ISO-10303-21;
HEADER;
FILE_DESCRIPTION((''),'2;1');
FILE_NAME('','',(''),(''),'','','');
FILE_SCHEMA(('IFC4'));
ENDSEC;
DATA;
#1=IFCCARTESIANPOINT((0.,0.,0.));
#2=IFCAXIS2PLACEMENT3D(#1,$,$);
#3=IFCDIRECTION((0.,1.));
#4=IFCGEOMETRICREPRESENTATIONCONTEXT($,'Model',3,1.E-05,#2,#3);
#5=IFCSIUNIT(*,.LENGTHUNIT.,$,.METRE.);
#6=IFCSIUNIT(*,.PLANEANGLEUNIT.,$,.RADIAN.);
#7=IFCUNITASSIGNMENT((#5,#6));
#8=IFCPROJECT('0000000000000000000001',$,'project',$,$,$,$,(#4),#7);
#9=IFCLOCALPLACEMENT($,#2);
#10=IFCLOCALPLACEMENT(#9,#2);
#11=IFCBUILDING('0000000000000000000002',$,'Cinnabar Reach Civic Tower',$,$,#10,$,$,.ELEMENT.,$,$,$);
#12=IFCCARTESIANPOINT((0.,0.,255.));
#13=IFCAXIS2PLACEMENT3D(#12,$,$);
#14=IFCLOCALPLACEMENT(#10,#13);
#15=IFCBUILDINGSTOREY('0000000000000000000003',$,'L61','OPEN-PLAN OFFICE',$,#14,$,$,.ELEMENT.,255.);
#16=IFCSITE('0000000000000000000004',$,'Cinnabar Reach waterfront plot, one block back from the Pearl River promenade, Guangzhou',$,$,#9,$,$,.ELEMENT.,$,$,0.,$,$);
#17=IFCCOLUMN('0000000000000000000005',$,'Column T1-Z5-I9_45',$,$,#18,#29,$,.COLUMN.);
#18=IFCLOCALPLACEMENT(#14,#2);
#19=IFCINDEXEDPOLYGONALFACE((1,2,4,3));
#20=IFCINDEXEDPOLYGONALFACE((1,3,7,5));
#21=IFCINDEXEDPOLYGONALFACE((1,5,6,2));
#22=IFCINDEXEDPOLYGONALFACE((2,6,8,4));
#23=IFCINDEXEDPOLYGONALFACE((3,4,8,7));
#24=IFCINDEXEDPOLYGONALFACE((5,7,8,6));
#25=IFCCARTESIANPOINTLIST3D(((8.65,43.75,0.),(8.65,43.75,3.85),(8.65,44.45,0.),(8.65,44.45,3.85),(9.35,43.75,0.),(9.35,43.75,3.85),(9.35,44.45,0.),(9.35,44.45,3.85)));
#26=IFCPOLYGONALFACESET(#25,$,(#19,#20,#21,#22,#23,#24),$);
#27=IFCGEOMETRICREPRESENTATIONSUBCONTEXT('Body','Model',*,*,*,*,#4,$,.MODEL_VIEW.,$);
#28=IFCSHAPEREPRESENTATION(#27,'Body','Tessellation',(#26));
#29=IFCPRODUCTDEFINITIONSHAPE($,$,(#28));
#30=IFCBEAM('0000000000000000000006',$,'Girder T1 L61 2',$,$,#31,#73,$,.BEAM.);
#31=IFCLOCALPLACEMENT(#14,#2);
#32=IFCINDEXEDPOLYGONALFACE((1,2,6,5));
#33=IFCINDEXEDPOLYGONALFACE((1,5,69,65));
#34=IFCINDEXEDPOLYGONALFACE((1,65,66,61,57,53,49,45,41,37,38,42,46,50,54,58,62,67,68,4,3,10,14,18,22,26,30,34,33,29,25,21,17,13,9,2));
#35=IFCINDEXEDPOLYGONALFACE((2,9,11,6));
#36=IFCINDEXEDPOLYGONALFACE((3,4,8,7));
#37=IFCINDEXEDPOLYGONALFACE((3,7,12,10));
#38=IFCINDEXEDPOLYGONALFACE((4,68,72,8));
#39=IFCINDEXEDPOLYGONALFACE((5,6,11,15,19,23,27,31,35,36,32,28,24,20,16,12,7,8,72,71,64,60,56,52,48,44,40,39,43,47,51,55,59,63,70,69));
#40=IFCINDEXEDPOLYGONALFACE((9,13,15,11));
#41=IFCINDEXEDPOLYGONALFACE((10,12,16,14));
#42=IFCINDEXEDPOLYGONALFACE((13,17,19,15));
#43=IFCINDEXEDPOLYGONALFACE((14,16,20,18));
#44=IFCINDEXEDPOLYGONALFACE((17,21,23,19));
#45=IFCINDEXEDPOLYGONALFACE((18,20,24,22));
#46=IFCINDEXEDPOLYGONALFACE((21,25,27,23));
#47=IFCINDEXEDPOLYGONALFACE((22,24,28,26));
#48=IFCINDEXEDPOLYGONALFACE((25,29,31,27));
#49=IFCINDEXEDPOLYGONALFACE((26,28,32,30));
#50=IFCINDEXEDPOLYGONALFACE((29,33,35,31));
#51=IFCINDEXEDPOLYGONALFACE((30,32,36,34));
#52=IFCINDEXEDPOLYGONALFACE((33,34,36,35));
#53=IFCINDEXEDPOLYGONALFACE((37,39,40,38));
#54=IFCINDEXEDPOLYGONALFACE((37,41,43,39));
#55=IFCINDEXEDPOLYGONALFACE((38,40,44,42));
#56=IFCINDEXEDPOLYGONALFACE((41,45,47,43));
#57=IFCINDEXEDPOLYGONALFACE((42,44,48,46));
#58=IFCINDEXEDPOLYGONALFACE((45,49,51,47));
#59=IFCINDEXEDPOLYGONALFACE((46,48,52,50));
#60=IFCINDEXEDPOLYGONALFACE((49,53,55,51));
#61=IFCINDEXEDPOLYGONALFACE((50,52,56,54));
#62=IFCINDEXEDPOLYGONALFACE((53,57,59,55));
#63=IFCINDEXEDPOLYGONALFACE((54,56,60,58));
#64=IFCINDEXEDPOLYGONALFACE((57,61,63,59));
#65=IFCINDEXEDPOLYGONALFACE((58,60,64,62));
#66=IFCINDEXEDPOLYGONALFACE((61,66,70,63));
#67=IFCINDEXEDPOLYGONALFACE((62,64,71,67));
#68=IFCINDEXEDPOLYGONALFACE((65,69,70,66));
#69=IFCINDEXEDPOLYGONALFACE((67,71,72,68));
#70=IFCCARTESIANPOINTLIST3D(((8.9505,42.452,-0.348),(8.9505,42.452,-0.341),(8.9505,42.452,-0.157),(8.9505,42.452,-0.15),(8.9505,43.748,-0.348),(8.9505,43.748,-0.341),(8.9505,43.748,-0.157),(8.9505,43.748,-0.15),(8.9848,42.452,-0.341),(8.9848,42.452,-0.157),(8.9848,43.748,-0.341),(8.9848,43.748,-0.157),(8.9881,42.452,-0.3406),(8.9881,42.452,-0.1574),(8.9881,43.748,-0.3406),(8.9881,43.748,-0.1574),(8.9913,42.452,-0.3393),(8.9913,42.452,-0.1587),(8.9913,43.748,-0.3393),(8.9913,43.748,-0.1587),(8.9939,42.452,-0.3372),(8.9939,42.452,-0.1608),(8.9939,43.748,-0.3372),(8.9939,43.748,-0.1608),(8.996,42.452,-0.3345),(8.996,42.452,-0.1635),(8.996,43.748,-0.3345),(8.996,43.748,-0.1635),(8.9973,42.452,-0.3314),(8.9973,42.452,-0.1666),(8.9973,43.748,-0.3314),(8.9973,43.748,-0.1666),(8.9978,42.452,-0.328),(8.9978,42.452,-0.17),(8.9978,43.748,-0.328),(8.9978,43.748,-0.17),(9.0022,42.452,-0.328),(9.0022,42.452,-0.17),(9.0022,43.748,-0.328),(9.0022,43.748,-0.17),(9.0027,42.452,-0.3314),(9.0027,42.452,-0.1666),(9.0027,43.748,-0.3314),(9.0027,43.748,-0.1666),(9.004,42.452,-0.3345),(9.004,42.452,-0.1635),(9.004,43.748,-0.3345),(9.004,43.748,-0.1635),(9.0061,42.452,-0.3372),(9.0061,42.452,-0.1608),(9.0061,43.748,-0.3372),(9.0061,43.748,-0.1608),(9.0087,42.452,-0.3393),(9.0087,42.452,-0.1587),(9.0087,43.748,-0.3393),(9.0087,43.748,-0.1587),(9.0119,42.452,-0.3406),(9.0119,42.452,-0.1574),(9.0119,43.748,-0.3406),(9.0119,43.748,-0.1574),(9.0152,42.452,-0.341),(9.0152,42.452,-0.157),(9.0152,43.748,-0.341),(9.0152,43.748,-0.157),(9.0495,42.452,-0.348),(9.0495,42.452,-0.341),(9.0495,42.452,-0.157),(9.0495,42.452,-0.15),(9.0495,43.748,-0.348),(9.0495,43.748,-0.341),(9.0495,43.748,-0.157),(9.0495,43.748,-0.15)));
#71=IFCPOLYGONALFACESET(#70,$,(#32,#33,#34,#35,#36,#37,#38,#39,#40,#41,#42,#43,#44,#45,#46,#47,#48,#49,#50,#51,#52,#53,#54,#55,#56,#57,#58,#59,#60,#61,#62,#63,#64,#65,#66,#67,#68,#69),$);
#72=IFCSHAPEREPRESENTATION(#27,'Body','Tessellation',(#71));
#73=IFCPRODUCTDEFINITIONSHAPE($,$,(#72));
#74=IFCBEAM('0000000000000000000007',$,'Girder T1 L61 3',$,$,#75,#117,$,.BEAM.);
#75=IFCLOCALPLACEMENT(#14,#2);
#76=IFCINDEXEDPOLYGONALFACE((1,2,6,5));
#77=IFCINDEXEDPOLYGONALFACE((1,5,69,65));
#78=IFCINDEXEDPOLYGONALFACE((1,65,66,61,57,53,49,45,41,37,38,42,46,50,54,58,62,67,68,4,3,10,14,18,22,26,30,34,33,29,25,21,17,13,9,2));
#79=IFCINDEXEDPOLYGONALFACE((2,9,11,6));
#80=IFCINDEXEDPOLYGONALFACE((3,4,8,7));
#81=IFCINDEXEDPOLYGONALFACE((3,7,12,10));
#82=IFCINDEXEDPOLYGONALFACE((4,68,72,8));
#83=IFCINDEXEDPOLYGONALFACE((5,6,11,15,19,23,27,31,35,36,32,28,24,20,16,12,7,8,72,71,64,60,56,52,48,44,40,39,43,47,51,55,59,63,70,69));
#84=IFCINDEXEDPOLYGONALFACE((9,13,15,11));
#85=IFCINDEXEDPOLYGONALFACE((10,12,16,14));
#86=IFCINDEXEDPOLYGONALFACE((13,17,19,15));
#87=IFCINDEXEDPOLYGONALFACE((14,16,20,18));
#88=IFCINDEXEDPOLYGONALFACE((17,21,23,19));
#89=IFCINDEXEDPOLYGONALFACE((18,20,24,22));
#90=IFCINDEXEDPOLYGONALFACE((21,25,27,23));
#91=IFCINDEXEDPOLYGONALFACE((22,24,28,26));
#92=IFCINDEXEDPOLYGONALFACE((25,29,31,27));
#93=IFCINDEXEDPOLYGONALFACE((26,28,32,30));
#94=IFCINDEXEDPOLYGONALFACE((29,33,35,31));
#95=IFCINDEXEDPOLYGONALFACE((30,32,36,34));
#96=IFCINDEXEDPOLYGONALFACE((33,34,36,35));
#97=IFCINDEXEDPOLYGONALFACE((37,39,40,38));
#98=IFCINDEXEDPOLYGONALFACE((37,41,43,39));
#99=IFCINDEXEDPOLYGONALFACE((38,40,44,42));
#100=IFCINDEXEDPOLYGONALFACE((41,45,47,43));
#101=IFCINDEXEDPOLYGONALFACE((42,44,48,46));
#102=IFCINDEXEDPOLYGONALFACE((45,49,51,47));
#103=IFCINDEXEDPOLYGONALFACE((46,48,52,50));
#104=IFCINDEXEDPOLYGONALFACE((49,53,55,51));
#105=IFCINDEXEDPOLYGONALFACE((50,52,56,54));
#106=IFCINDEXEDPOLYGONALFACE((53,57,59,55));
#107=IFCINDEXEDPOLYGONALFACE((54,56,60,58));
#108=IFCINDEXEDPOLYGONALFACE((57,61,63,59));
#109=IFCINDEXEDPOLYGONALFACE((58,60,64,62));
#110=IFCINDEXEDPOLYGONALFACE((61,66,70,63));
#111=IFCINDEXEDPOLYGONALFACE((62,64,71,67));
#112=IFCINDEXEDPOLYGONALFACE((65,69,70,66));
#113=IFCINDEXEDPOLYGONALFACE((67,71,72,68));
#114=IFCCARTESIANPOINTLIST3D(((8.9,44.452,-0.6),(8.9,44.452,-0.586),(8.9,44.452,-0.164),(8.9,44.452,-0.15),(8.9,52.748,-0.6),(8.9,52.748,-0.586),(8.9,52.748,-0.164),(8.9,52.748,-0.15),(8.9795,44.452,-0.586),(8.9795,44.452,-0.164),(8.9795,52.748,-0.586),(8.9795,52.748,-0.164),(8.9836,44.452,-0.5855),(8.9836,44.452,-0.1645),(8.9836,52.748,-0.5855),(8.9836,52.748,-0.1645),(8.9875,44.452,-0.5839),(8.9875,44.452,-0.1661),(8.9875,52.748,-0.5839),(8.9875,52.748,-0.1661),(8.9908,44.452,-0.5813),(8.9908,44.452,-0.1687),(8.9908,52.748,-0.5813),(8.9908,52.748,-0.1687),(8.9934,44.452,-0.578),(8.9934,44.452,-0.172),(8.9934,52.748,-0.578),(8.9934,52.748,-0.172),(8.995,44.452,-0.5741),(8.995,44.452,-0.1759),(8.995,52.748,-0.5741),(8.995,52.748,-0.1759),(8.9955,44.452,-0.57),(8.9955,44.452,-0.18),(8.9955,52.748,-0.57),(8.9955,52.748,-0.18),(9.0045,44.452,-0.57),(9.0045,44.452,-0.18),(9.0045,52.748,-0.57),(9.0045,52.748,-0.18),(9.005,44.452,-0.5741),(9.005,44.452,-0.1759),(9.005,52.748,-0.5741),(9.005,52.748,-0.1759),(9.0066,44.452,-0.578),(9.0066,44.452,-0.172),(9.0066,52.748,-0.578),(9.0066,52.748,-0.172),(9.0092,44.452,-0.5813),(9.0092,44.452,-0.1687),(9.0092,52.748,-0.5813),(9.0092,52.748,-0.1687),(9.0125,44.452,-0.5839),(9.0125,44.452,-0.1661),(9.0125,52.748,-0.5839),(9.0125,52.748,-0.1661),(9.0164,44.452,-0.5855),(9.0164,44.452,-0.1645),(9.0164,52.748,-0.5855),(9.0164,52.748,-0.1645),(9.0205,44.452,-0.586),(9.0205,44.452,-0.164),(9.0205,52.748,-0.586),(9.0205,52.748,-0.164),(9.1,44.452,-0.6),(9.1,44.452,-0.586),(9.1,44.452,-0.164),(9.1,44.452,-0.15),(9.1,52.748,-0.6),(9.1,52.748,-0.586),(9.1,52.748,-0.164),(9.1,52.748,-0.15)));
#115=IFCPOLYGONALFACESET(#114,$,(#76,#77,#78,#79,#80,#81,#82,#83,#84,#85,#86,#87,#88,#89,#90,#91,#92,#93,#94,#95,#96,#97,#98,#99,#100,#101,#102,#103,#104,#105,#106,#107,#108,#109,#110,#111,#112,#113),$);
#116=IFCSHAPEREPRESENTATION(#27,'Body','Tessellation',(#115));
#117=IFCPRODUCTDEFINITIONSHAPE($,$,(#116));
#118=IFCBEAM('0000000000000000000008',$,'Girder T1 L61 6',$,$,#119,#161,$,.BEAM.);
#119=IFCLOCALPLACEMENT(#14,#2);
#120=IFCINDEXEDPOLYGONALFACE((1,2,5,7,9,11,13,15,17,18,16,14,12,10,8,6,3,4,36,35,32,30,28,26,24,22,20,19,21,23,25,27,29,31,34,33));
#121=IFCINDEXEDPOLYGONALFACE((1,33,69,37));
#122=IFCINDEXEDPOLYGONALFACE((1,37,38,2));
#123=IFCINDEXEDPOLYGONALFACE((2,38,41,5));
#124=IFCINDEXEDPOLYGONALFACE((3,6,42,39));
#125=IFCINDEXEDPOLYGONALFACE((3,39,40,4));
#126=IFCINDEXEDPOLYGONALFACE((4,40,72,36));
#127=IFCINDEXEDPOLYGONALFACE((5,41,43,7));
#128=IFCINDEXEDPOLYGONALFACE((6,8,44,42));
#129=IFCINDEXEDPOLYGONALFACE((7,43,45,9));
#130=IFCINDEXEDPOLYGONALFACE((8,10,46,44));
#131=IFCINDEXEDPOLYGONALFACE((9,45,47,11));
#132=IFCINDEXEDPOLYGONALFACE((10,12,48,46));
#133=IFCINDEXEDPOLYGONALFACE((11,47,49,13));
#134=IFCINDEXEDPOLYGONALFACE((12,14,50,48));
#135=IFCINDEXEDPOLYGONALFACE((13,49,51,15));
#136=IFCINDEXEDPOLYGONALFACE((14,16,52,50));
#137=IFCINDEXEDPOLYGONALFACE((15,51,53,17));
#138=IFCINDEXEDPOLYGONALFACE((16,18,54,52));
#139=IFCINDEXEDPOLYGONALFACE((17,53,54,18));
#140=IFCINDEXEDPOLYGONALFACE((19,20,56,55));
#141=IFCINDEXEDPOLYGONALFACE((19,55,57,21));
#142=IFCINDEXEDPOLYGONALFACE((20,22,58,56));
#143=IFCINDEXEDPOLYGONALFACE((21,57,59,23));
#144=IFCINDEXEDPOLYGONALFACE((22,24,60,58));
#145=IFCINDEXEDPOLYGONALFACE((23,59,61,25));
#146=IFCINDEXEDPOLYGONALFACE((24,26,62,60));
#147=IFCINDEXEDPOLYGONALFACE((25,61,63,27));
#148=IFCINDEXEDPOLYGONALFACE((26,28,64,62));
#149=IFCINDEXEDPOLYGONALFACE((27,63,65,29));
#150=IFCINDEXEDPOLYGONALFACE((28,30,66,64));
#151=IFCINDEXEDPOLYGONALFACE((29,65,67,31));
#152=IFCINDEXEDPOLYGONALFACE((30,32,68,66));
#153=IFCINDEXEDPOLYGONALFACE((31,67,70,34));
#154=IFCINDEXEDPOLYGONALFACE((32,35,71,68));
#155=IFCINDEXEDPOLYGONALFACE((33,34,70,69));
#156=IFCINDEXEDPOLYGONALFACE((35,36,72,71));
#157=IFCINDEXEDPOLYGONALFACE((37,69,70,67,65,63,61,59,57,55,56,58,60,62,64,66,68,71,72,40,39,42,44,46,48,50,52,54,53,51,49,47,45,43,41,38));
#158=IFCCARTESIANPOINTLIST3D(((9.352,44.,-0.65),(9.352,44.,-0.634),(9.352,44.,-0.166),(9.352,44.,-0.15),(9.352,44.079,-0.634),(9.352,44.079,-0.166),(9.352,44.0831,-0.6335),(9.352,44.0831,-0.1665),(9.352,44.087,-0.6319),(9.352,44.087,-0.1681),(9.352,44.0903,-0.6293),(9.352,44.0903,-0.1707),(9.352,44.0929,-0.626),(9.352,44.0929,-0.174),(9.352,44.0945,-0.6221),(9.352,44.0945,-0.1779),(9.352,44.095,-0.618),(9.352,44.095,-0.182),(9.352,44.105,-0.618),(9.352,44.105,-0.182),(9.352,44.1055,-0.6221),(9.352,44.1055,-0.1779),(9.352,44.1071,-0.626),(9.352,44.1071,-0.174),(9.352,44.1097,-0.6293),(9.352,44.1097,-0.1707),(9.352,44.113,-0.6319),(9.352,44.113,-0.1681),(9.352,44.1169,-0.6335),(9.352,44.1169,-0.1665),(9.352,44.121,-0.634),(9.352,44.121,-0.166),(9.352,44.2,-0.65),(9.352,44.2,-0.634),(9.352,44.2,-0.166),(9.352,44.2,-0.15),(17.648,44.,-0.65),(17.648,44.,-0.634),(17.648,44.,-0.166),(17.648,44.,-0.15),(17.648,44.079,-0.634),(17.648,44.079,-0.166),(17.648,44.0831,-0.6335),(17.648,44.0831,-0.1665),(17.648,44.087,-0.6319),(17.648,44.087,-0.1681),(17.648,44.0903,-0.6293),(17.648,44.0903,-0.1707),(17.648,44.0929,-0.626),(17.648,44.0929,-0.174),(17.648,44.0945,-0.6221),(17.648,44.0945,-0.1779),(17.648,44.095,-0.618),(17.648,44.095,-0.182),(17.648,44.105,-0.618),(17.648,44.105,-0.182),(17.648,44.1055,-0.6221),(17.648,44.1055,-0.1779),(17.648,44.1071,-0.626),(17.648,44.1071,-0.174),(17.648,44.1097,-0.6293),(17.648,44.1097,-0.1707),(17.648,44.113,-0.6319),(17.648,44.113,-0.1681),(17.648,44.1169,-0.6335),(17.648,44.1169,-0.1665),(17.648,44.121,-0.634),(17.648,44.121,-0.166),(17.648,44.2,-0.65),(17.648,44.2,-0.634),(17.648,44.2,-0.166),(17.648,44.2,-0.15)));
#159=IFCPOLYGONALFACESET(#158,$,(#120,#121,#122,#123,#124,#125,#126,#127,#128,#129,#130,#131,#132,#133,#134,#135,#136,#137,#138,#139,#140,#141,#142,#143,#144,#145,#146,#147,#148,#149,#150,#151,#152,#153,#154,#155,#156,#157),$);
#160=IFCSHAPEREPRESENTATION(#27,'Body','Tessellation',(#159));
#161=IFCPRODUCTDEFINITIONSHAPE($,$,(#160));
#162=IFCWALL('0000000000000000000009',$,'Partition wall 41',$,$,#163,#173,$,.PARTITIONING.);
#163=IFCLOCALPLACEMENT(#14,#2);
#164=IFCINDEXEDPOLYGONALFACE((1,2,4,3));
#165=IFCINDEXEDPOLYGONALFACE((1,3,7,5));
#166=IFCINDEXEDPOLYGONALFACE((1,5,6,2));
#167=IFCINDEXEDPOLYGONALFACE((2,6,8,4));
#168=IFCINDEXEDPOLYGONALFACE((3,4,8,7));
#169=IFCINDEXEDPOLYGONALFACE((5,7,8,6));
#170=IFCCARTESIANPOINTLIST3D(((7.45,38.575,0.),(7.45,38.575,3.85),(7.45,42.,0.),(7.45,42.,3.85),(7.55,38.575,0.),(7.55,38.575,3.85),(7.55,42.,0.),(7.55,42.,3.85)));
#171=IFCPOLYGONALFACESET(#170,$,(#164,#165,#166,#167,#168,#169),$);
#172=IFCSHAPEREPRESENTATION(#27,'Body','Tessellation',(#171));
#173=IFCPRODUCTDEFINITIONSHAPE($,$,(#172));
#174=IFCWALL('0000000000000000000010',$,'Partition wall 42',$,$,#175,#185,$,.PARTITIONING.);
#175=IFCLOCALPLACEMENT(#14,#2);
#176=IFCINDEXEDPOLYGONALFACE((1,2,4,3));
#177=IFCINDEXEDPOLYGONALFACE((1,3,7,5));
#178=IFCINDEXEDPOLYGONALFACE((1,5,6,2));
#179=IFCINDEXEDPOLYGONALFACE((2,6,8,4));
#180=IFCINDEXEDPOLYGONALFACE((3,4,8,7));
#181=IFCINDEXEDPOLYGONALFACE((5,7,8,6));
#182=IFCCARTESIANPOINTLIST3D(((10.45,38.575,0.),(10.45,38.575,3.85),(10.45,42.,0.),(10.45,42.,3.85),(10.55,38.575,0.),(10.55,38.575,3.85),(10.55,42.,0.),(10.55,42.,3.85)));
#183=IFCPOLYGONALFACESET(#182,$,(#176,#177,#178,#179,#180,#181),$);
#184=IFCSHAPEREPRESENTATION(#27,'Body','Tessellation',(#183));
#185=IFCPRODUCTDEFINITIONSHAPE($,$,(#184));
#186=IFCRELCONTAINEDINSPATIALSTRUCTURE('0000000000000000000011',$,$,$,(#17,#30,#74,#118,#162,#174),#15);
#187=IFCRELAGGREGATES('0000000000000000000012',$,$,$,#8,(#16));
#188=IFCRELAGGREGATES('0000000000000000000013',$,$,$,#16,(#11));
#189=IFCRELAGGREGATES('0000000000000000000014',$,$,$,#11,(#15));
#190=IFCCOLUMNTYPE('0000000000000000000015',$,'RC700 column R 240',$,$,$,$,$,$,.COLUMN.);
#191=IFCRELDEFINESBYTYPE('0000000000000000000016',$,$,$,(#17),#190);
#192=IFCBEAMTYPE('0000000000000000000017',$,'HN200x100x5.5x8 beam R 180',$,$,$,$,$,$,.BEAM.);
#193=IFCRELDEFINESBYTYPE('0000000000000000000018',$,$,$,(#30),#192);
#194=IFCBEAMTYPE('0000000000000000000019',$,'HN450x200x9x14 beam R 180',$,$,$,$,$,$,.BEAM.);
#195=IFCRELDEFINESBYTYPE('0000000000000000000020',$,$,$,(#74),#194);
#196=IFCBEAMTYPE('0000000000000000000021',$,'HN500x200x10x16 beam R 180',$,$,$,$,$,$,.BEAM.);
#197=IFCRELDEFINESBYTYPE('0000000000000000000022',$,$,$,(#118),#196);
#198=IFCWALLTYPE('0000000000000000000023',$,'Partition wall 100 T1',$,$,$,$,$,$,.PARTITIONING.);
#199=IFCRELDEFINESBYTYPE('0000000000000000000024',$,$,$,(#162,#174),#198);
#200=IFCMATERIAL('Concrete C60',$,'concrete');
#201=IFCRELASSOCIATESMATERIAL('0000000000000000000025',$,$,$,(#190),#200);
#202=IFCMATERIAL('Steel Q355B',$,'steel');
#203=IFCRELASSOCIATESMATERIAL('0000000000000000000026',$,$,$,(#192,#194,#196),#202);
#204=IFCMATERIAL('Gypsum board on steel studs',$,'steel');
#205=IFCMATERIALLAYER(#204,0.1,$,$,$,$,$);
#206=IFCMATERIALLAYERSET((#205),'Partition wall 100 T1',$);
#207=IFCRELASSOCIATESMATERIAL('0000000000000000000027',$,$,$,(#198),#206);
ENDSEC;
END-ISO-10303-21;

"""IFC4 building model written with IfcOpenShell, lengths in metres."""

from ifc_helpers import new_model, si_unit, direction, frame, frame_2d, origin, origin_2d, place, context, subcontext, project, spatial, rectangle, i_section, extrude, material, layer, layer_set, material_profile, profile_set, type_object, element, save


model = new_model("IFC4")

# Units and contexts
model_context = context("Model", 3, precision=1e-05, world=origin(), true_north=direction((0.0, 1.0)))
body_context = subcontext(model_context, "Body", "Model", "MODEL_VIEW")
ifc_project = project(units=[si_unit("LENGTHUNIT", "METRE"), si_unit("PLANEANGLEUNIT", "RADIAN")], contexts=[model_context])

# Site, building, storey
site_placement = place(None, origin())
site = spatial("IfcSite", under=ifc_project, at=site_placement, Name="Cinnabar Reach waterfront plot, one block back from the Pearl River promenade, Guangzhou", CompositionType="ELEMENT", RefElevation=0.0)
building_placement = place(site_placement, origin())
building = spatial("IfcBuilding", under=site, at=building_placement, Name="Cinnabar Reach Civic Tower", CompositionType="ELEMENT")
storey_placement = place(building_placement, frame((0.0, 0.0, 255.0)))
storey = spatial("IfcBuildingStorey", under=building, at=storey_placement, Name="L61", Description="OPEN-PLAN OFFICE", CompositionType="ELEMENT", Elevation=255.0)

# Column
ifc_material_1 = material(Name="Concrete C60", Category="concrete")
ifc_material_profile_1 = material_profile(ifc_material_1, rectangle(XDim=0.7, YDim=0.7, at=origin_2d()), Name="RC700")
ifc_profile_set_1 = profile_set([ifc_material_profile_1], Name="Concrete C60")
column_type = type_object("IfcColumnType", Name="RC700 column R 240", PredefinedType="COLUMN", material=ifc_profile_set_1)
column_placement = place(storey_placement, frame((9.0, 44.1, 0.0), z_axis=(0.0, 0.0, 1.0), x_axis=(1.0, 0.0, 0.0)))
element("IfcColumn", 1, at=column_placement, inside=storey, type_object=column_type, Name="Column T1-Z5-I9_45", PredefinedType="COLUMN", context=body_context, shape_type="SweptSolid", body=[
    extrude(rectangle(XDim=0.7, YDim=0.7, at=origin_2d()), origin(), (0.0, 0.0, 1.0), 3.85),
])

# Beams
ifc_material_2 = material(Name="Steel Q355B", Category="steel")
ifc_material_profile_2 = material_profile(ifc_material_2, i_section(OverallWidth=0.099, OverallDepth=0.198, WebThickness=0.0045, FlangeThickness=0.007, FilletRadius=0.013, at=origin_2d()), Name="HN200x100x5.5x8")
ifc_profile_set_2 = profile_set([ifc_material_profile_2], Name="Steel Q355B")
beam_type_1 = type_object("IfcBeamType", Name="HN200x100x5.5x8 beam R 180", PredefinedType="BEAM", material=ifc_profile_set_2)
beam_1_placement = place(storey_placement, frame((9.0, 42.452, -0.249), z_axis=(0.0, 1.0, 0.0), x_axis=(-1.0, 0.0, 0.0)))
element("IfcBeam", 2, at=beam_1_placement, inside=storey, type_object=beam_type_1, Name="Girder T1 L61 2", PredefinedType="BEAM", context=body_context, shape_type="SweptSolid", body=[
    extrude(i_section(OverallWidth=0.099, OverallDepth=0.198, WebThickness=0.0045, FlangeThickness=0.007, FilletRadius=0.013, at=origin_2d()), origin(), (0.0, 0.0, 1.0), 1.296),
])
ifc_material_profile_3 = material_profile(ifc_material_2, i_section(OverallWidth=0.2, OverallDepth=0.45, WebThickness=0.009, FlangeThickness=0.014, FilletRadius=0.016, at=origin_2d()), Name="HN450x200x9x14")
ifc_profile_set_3 = profile_set([ifc_material_profile_3], Name="Steel Q355B")
beam_type_2 = type_object("IfcBeamType", Name="HN450x200x9x14 beam R 180", PredefinedType="BEAM", material=ifc_profile_set_3)
beam_2_placement = place(storey_placement, frame((9.0, 44.452, -0.375), z_axis=(0.0, 1.0, 0.0), x_axis=(-1.0, 0.0, 0.0)))
element("IfcBeam", 3, at=beam_2_placement, inside=storey, type_object=beam_type_2, Name="Girder T1 L61 3", PredefinedType="BEAM", context=body_context, shape_type="SweptSolid", body=[
    extrude(i_section(OverallWidth=0.2, OverallDepth=0.45, WebThickness=0.009, FlangeThickness=0.014, FilletRadius=0.016, at=origin_2d()), origin(), (0.0, 0.0, 1.0), 8.296),
])
ifc_material_profile_4 = material_profile(ifc_material_2, i_section(OverallWidth=0.2, OverallDepth=0.5, WebThickness=0.01, FlangeThickness=0.016, FilletRadius=0.016, at=origin_2d()), Name="HN500x200x10x16")
ifc_profile_set_4 = profile_set([ifc_material_profile_4], Name="Steel Q355B")
beam_type_3 = type_object("IfcBeamType", Name="HN500x200x10x16 beam R 180", PredefinedType="BEAM", material=ifc_profile_set_4)
beam_3_placement = place(storey_placement, frame((9.352, 44.1, -0.4), z_axis=(1.0, 0.0, 0.0), x_axis=(0.0, 1.0, 0.0)))
element("IfcBeam", 4, at=beam_3_placement, inside=storey, type_object=beam_type_3, Name="Girder T1 L61 6", PredefinedType="BEAM", context=body_context, shape_type="SweptSolid", body=[
    extrude(i_section(OverallWidth=0.2, OverallDepth=0.5, WebThickness=0.01, FlangeThickness=0.016, FilletRadius=0.016, at=origin_2d()), origin(), (0.0, 0.0, 1.0), 8.296),
])

# Walls
ifc_material_3 = material(Name="Gypsum board on steel studs", Category="steel")
ifc_layer_1 = layer(ifc_material_3, 0.1)
ifc_layer_set_1 = layer_set([ifc_layer_1], Name="Partition wall 100 T1")
wall_type_1 = type_object("IfcWallType", Name="Partition wall 100 T1", PredefinedType="PARTITIONING", material=ifc_layer_set_1)
for number, where, z_axis, x_axis, name in (
    (5, (7.5, 38.575, 0.0), (0.0, 0.0, 1.0), (0.0, 1.0, 0.0), "Partition wall 41"),
    (6, (10.5, 38.575, 0.0), (0.0, 0.0, 1.0), (0.0, 1.0, 0.0), "Partition wall 42"),
):
    element("IfcWall", number, at=place(storey_placement, frame(where, z_axis=z_axis, x_axis=x_axis)), inside=storey, type_object=wall_type_1, Name=name, PredefinedType="PARTITIONING", context=body_context, shape_type="SweptSolid", body=[
        extrude(rectangle(XDim=3.425, YDim=0.1, at=frame_2d((1.7125, 0.0))), origin(), (0.0, 0.0, 1.0), 3.85),
    ])

save(model, "model.ifc")
